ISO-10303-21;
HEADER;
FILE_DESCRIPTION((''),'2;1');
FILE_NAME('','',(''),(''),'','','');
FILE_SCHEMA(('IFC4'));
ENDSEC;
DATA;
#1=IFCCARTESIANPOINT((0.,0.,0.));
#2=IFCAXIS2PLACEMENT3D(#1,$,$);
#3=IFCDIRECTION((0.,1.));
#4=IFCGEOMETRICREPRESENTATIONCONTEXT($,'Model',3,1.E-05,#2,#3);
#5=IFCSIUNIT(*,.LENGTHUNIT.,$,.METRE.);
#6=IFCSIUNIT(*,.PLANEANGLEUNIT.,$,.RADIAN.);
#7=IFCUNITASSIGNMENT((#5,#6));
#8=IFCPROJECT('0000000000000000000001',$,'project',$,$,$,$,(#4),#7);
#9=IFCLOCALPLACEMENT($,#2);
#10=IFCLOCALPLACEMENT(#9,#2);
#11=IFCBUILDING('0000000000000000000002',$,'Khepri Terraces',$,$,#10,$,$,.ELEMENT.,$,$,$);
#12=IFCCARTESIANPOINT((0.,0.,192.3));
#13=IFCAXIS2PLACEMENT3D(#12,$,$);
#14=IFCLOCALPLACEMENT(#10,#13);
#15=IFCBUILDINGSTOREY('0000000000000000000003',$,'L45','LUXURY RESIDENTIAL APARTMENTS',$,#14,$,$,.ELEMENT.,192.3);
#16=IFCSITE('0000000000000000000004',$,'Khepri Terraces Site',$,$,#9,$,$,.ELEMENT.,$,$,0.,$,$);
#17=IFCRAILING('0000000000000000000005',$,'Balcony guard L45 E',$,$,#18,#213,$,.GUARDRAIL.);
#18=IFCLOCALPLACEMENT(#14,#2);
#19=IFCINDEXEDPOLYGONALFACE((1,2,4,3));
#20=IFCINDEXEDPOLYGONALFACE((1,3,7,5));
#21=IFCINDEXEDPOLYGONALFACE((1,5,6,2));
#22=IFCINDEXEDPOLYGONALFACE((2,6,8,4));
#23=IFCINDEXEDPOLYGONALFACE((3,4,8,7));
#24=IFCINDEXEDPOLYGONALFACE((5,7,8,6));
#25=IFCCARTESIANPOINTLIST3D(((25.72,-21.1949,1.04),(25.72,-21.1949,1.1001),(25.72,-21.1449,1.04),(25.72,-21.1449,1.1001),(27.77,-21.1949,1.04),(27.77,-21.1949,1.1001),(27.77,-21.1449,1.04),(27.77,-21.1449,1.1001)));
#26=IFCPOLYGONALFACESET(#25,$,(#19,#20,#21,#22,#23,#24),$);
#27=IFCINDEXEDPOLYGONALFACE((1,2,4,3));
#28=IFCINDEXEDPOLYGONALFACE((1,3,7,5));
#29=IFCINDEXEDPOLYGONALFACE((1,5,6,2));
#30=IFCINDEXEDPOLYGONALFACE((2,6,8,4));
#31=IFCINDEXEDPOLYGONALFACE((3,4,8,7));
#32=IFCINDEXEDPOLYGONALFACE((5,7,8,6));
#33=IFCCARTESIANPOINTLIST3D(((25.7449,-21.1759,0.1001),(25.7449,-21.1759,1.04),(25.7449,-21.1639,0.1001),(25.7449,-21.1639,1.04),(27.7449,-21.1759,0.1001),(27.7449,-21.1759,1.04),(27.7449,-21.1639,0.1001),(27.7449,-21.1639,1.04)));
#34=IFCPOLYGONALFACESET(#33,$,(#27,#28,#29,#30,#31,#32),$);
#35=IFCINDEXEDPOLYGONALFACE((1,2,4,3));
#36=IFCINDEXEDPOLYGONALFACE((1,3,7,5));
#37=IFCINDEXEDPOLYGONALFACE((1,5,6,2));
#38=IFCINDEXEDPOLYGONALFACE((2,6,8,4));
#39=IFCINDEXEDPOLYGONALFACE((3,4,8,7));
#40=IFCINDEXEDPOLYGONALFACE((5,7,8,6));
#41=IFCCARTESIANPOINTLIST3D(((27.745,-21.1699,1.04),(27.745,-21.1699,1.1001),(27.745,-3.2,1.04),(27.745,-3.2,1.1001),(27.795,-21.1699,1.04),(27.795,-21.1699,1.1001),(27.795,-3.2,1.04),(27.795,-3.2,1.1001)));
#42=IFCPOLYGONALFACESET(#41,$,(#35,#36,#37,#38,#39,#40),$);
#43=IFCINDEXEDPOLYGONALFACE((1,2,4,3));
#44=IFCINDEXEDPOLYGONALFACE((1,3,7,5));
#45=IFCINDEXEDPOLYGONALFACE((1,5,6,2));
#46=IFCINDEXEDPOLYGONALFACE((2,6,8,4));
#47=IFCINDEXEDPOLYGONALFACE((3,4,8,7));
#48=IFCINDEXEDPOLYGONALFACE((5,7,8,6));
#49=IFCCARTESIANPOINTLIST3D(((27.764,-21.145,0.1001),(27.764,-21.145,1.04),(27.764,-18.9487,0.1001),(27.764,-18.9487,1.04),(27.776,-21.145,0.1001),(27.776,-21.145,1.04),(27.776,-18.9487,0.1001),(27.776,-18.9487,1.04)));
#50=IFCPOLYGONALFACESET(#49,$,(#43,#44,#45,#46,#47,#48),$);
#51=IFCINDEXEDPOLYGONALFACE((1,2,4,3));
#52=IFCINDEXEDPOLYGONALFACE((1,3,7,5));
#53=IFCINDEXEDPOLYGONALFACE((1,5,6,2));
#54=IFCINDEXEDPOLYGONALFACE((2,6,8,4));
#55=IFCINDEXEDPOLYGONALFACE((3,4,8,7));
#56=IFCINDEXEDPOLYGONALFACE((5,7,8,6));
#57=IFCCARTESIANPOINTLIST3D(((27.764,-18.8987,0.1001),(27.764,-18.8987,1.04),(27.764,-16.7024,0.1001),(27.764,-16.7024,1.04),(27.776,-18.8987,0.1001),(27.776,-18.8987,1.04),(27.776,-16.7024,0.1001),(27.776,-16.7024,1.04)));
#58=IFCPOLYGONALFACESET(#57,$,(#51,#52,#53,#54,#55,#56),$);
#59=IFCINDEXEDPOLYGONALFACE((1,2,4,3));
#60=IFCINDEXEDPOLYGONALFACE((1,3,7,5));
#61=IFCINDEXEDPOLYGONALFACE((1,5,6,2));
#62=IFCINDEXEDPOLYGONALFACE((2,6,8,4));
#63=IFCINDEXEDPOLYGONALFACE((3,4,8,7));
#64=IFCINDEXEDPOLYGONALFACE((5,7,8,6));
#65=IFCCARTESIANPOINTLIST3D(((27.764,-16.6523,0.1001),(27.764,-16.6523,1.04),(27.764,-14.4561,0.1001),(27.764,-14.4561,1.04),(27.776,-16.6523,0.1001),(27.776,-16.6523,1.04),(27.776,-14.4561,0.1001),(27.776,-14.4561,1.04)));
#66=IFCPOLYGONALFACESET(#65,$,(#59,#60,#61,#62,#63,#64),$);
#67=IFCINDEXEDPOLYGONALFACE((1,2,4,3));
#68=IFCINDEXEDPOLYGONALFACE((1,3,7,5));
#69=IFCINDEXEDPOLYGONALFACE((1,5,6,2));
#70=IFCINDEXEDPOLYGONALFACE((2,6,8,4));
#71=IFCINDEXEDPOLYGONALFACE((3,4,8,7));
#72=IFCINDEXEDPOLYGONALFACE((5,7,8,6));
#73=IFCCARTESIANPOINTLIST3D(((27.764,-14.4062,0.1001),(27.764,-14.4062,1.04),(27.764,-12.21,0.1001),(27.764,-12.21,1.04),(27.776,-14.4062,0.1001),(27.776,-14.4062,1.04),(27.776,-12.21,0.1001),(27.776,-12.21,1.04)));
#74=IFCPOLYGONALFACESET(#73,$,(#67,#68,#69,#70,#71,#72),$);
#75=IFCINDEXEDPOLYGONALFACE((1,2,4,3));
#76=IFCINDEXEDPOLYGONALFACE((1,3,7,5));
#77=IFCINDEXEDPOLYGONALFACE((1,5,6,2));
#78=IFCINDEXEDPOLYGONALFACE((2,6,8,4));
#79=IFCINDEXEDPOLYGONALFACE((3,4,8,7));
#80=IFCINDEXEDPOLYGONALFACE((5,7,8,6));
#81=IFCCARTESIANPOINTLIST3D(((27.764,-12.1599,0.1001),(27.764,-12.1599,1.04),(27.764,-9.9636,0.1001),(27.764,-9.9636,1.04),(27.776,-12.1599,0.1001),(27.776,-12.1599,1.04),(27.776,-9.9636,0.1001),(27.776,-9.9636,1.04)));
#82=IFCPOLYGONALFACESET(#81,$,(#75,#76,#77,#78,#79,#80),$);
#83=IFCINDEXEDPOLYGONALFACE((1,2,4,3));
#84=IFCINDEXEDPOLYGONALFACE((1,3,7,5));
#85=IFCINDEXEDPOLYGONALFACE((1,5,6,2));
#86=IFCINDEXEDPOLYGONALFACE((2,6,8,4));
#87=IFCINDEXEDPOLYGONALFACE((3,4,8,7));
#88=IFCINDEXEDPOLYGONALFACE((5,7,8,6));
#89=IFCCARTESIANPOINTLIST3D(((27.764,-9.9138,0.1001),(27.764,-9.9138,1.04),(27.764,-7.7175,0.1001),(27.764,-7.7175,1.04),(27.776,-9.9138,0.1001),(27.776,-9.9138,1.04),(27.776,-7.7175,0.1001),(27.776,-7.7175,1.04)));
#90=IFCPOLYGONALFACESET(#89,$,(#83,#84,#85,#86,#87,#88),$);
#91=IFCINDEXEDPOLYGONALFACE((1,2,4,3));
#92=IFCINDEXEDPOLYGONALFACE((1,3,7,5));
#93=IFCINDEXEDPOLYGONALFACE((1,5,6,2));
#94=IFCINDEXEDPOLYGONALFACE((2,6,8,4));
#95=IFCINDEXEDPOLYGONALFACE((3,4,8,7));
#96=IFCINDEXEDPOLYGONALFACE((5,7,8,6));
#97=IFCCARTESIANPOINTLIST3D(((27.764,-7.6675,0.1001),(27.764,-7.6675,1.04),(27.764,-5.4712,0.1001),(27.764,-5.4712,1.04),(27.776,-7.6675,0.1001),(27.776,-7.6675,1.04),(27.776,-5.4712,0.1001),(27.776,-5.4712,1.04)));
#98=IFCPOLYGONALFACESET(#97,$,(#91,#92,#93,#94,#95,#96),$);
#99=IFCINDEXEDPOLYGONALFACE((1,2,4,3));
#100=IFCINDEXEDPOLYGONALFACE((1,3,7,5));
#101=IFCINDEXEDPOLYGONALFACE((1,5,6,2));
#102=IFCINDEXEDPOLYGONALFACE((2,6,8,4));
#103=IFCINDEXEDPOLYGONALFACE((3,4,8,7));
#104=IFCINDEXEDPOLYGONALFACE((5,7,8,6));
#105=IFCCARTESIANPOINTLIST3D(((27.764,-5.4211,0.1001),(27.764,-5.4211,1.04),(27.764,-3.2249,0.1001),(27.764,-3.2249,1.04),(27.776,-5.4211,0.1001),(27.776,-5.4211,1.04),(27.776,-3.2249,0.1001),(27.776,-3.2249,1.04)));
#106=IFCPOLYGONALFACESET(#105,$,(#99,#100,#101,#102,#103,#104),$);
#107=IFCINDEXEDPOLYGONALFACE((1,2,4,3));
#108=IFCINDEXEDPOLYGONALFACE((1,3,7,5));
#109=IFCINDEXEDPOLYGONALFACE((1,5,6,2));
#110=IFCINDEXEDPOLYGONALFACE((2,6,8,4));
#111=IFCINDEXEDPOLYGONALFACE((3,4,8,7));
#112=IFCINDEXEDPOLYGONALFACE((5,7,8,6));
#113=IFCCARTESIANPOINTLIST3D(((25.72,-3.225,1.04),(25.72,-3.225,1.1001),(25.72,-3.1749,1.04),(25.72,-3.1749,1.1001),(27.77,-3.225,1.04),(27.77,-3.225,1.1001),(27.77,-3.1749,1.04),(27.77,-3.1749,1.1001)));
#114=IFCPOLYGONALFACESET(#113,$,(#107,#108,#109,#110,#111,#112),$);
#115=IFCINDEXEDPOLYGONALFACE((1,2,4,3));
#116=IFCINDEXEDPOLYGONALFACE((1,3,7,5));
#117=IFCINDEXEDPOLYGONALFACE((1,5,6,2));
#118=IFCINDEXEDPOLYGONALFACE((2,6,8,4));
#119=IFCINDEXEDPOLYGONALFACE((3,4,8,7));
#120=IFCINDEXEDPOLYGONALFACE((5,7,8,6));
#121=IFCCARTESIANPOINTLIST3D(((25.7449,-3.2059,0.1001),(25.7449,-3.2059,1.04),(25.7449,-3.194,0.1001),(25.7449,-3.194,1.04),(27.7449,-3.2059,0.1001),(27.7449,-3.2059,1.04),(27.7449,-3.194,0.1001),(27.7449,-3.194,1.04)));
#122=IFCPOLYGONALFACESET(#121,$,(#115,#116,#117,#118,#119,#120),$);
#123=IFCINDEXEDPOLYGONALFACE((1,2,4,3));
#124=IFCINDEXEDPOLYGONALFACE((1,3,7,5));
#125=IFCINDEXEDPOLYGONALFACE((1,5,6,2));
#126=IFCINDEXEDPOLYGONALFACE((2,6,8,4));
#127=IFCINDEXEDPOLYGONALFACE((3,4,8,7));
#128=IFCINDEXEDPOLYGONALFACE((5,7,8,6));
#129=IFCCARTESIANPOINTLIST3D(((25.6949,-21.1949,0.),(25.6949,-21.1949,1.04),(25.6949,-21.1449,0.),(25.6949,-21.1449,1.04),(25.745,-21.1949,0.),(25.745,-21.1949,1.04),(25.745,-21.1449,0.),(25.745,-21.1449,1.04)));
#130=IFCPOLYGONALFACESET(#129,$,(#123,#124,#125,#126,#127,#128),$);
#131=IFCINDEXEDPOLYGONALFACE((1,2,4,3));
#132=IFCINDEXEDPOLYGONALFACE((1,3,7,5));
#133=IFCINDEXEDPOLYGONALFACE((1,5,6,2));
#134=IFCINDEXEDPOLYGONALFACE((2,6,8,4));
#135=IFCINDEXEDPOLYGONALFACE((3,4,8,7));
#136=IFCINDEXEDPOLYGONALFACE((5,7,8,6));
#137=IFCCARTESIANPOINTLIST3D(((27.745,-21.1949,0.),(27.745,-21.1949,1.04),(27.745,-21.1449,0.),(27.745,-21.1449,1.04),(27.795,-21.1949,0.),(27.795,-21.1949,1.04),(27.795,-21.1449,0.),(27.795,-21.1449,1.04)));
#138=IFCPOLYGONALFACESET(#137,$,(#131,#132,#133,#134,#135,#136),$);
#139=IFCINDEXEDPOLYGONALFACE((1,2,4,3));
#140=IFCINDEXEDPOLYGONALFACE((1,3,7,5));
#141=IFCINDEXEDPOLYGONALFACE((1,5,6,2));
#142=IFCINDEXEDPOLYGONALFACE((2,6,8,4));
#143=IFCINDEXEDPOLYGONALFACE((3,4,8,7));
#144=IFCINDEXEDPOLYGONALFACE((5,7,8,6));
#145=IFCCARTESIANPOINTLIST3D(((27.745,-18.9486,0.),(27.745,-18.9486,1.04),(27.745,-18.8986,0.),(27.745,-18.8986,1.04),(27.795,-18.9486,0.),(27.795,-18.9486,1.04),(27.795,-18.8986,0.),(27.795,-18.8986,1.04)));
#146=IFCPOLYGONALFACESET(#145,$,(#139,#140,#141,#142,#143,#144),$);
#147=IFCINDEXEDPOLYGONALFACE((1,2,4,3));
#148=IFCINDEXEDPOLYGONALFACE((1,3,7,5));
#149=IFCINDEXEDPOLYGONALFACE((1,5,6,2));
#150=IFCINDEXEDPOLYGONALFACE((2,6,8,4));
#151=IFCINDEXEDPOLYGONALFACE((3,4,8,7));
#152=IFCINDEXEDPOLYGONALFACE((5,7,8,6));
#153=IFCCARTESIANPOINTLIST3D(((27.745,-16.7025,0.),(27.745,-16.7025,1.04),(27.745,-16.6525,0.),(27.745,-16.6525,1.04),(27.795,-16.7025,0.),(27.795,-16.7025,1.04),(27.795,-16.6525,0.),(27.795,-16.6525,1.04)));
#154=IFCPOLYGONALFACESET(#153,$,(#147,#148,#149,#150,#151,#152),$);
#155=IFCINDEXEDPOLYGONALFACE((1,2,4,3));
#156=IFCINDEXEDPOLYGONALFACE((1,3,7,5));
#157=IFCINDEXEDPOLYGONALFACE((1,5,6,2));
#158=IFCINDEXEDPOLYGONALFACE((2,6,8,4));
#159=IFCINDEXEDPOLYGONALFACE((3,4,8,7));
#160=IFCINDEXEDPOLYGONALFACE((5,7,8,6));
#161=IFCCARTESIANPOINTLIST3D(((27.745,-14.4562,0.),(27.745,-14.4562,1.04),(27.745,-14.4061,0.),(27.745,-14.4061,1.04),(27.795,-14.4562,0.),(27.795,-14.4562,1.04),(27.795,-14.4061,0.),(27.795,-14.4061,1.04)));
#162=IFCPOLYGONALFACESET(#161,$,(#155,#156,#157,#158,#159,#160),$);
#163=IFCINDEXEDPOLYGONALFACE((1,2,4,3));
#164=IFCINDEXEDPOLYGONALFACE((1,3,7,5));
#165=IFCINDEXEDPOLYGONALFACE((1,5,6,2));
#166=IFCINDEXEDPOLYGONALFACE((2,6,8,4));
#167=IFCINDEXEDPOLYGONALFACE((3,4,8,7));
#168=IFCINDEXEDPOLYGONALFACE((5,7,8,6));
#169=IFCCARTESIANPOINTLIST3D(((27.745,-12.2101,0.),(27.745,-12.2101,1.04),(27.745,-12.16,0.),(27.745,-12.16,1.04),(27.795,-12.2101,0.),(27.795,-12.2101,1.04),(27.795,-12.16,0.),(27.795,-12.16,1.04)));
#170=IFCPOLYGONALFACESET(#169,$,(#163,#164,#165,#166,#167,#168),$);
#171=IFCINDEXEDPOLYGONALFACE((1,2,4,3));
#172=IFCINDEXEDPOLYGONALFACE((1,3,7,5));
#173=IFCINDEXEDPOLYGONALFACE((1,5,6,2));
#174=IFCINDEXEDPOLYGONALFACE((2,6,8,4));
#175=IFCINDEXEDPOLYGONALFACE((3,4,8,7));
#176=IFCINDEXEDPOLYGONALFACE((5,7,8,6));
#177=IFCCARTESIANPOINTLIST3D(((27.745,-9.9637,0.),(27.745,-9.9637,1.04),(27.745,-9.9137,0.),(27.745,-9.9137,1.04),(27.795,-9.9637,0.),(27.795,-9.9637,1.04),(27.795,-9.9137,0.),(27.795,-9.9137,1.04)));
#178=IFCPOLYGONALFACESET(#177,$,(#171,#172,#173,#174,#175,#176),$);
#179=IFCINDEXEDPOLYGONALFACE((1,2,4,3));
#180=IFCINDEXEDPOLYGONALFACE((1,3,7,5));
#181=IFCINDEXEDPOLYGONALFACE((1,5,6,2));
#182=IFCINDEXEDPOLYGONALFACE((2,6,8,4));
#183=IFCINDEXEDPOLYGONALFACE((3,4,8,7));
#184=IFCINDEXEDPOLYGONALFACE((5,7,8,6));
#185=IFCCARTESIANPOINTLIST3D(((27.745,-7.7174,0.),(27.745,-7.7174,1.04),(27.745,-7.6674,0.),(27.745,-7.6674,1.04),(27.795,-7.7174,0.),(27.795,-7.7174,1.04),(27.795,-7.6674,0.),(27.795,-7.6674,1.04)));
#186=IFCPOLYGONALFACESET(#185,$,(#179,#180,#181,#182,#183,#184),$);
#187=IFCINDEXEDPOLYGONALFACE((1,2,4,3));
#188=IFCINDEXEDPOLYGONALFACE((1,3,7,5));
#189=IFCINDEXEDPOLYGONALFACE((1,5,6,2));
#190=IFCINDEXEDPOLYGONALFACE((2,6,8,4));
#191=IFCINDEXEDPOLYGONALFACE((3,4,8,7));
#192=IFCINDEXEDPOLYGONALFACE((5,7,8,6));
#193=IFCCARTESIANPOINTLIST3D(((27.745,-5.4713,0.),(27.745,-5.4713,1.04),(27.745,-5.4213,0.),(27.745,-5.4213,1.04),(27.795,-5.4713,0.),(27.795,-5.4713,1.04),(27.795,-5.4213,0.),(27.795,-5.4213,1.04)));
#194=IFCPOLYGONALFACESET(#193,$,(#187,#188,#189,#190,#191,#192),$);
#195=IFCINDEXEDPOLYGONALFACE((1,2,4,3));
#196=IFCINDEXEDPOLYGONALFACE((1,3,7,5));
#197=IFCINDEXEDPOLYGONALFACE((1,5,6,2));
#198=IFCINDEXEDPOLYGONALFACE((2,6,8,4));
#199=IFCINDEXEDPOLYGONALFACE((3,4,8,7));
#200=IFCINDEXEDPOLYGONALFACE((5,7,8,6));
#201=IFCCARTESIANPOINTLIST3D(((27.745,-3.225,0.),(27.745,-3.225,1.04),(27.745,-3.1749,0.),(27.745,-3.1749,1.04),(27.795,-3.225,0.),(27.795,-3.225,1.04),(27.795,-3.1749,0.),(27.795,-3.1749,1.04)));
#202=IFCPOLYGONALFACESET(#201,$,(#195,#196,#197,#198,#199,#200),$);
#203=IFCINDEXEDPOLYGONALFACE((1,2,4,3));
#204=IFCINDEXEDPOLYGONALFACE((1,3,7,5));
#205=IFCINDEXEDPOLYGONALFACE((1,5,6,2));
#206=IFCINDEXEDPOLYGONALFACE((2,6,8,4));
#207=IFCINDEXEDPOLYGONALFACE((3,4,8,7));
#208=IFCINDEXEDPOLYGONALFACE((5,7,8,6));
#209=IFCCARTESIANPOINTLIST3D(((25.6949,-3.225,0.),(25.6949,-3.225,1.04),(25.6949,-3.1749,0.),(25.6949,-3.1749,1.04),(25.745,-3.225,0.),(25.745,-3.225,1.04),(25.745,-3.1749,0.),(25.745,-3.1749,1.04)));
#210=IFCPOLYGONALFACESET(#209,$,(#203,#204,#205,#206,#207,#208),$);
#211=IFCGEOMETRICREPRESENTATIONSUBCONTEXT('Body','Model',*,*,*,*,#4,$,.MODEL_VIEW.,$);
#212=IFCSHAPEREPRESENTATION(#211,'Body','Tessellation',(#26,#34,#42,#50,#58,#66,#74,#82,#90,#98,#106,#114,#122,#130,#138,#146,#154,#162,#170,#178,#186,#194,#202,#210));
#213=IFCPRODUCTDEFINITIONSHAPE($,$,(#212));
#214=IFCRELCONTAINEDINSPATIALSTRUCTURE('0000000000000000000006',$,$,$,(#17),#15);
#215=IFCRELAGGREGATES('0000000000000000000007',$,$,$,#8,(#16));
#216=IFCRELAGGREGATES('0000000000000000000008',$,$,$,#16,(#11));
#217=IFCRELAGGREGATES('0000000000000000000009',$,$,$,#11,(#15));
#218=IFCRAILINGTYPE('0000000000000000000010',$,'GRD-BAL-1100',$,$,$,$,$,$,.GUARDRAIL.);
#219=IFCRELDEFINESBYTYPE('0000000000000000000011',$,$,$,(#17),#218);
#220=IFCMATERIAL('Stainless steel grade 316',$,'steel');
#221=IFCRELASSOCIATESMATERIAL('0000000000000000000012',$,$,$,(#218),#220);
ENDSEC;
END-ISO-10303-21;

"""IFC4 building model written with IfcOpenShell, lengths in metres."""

from ifc_helpers import new_model, si_unit, direction, frame, origin, origin_2d, place, context, subcontext, project, spatial, rectangle, extrude, material, type_object, element, save


model = new_model("IFC4")

# Units and contexts
model_context = context("Model", 3, precision=1e-05, world=origin(), true_north=direction((0.0, 1.0)))
body_context = subcontext(model_context, "Body", "Model", "MODEL_VIEW")
ifc_project = project(units=[si_unit("LENGTHUNIT", "METRE"), si_unit("PLANEANGLEUNIT", "RADIAN")], contexts=[model_context])

# Site, building, storey
site_placement = place(None, origin())
site = spatial("IfcSite", under=ifc_project, at=site_placement, Name="Khepri Terraces Site", CompositionType="ELEMENT", RefElevation=0.0)
building_placement = place(site_placement, origin())
building = spatial("IfcBuilding", under=site, at=building_placement, Name="Khepri Terraces", CompositionType="ELEMENT")
storey_placement = place(building_placement, frame((0.0, 0.0, 192.3)))
storey = spatial("IfcBuildingStorey", under=building, at=storey_placement, Name="L45", Description="LUXURY RESIDENTIAL APARTMENTS", CompositionType="ELEMENT", Elevation=192.3)

# Railing
ifc_material_1 = material(Name="Stainless steel grade 316", Category="steel")
railing_type = type_object("IfcRailingType", Name="GRD-BAL-1100", PredefinedType="GUARDRAIL", material=ifc_material_1)
railing_placement = place(storey_placement, frame((25.72, -21.1699, 0.0)))
element("IfcRailing", 1, at=railing_placement, inside=storey, type_object=railing_type, Name="Balcony guard L45 E", PredefinedType="GUARDRAIL", context=body_context, shape_type="SweptSolid", body=[
    extrude(rectangle(XDim=0.05, YDim=0.0601, at=origin_2d()), frame((0.0, 0.0, 1.0701), z_axis=(1.0, 0.0, 0.0), x_axis=(0.0, 1.0, 0.0)), (0.0, 0.0, 1.0), 2.05),
    extrude(rectangle(XDim=2.0, YDim=0.012, at=origin_2d()), frame((1.0249, 0.0, 0.1001), z_axis=(0.0, 0.0, 1.0), x_axis=(1.0, 0.0, 0.0)), (0.0, 0.0, 1.0), 0.9399),
    extrude(rectangle(XDim=0.05, YDim=0.0601, at=origin_2d()), frame((2.05, 0.0, 1.0701), z_axis=(0.0, 1.0, 0.0), x_axis=(-1.0, 0.0, 0.0)), (0.0, 0.0, 1.0), 17.97),
    extrude(rectangle(XDim=2.1963, YDim=0.012, at=origin_2d()), frame((2.05, 1.123, 0.1001), z_axis=(0.0, 0.0, 1.0), x_axis=(0.0, 1.0, 0.0)), (0.0, 0.0, 1.0), 0.9399),
    extrude(rectangle(XDim=2.1963, YDim=0.012, at=origin_2d()), frame((2.05, 3.3694, 0.1001), z_axis=(0.0, 0.0, 1.0), x_axis=(0.0, 1.0, 0.0)), (0.0, 0.0, 1.0), 0.9399),
    extrude(rectangle(XDim=2.1963, YDim=0.012, at=origin_2d()), frame((2.05, 5.6157, 0.1001), z_axis=(0.0, 0.0, 1.0), x_axis=(0.0, 1.0, 0.0)), (0.0, 0.0, 1.0), 0.9399),
    extrude(rectangle(XDim=2.1963, YDim=0.012, at=origin_2d()), frame((2.05, 7.8618, 0.1001), z_axis=(0.0, 0.0, 1.0), x_axis=(0.0, 1.0, 0.0)), (0.0, 0.0, 1.0), 0.9399),
    extrude(rectangle(XDim=2.1963, YDim=0.012, at=origin_2d()), frame((2.05, 10.1082, 0.1001), z_axis=(0.0, 0.0, 1.0), x_axis=(0.0, 1.0, 0.0)), (0.0, 0.0, 1.0), 0.9399),
    extrude(rectangle(XDim=2.1963, YDim=0.012, at=origin_2d()), frame((2.05, 12.3542, 0.1001), z_axis=(0.0, 0.0, 1.0), x_axis=(0.0, 1.0, 0.0)), (0.0, 0.0, 1.0), 0.9399),
    extrude(rectangle(XDim=2.1963, YDim=0.012, at=origin_2d()), frame((2.05, 14.6006, 0.1001), z_axis=(0.0, 0.0, 1.0), x_axis=(0.0, 1.0, 0.0)), (0.0, 0.0, 1.0), 0.9399),
    extrude(rectangle(XDim=2.1963, YDim=0.012, at=origin_2d()), frame((2.05, 16.8469, 0.1001), z_axis=(0.0, 0.0, 1.0), x_axis=(0.0, 1.0, 0.0)), (0.0, 0.0, 1.0), 0.9399),
    extrude(rectangle(XDim=0.05, YDim=0.0601, at=origin_2d()), frame((2.05, 17.97, 1.0701), z_axis=(-1.0, 0.0, 0.0), x_axis=(0.0, -1.0, 0.0)), (0.0, 0.0, 1.0), 2.05),
    extrude(rectangle(XDim=2.0, YDim=0.012, at=origin_2d()), frame((1.0249, 17.97, 0.1001), z_axis=(0.0, 0.0, 1.0), x_axis=(-1.0, 0.0, 0.0)), (0.0, 0.0, 1.0), 0.9399),
    extrude(rectangle(XDim=0.05, YDim=0.05, at=origin_2d()), origin(), (0.0, 0.0, 1.0), 1.04),
    extrude(rectangle(XDim=0.05, YDim=0.05, at=origin_2d()), frame((2.05, 0.0, 0.0)), (0.0, 0.0, 1.0), 1.04),
    extrude(rectangle(XDim=0.05, YDim=0.05, at=origin_2d()), frame((2.05, 2.2463, 0.0)), (0.0, 0.0, 1.0), 1.04),
    extrude(rectangle(XDim=0.05, YDim=0.05, at=origin_2d()), frame((2.05, 4.4924, 0.0)), (0.0, 0.0, 1.0), 1.04),
    extrude(rectangle(XDim=0.05, YDim=0.05, at=origin_2d()), frame((2.05, 6.7388, 0.0)), (0.0, 0.0, 1.0), 1.04),
    extrude(rectangle(XDim=0.05, YDim=0.05, at=origin_2d()), frame((2.05, 8.9849, 0.0)), (0.0, 0.0, 1.0), 1.04),
    extrude(rectangle(XDim=0.05, YDim=0.05, at=origin_2d()), frame((2.05, 11.2312, 0.0)), (0.0, 0.0, 1.0), 1.04),
    extrude(rectangle(XDim=0.05, YDim=0.05, at=origin_2d()), frame((2.05, 13.4775, 0.0)), (0.0, 0.0, 1.0), 1.04),
    extrude(rectangle(XDim=0.05, YDim=0.05, at=origin_2d()), frame((2.05, 15.7236, 0.0)), (0.0, 0.0, 1.0), 1.04),
    extrude(rectangle(XDim=0.05, YDim=0.05, at=origin_2d()), frame((2.05, 17.97, 0.0)), (0.0, 0.0, 1.0), 1.04),
    extrude(rectangle(XDim=0.05, YDim=0.05, at=origin_2d()), frame((0.0, 17.97, 0.0)), (0.0, 0.0, 1.0), 1.04),
])

save(model, "model.ifc")
